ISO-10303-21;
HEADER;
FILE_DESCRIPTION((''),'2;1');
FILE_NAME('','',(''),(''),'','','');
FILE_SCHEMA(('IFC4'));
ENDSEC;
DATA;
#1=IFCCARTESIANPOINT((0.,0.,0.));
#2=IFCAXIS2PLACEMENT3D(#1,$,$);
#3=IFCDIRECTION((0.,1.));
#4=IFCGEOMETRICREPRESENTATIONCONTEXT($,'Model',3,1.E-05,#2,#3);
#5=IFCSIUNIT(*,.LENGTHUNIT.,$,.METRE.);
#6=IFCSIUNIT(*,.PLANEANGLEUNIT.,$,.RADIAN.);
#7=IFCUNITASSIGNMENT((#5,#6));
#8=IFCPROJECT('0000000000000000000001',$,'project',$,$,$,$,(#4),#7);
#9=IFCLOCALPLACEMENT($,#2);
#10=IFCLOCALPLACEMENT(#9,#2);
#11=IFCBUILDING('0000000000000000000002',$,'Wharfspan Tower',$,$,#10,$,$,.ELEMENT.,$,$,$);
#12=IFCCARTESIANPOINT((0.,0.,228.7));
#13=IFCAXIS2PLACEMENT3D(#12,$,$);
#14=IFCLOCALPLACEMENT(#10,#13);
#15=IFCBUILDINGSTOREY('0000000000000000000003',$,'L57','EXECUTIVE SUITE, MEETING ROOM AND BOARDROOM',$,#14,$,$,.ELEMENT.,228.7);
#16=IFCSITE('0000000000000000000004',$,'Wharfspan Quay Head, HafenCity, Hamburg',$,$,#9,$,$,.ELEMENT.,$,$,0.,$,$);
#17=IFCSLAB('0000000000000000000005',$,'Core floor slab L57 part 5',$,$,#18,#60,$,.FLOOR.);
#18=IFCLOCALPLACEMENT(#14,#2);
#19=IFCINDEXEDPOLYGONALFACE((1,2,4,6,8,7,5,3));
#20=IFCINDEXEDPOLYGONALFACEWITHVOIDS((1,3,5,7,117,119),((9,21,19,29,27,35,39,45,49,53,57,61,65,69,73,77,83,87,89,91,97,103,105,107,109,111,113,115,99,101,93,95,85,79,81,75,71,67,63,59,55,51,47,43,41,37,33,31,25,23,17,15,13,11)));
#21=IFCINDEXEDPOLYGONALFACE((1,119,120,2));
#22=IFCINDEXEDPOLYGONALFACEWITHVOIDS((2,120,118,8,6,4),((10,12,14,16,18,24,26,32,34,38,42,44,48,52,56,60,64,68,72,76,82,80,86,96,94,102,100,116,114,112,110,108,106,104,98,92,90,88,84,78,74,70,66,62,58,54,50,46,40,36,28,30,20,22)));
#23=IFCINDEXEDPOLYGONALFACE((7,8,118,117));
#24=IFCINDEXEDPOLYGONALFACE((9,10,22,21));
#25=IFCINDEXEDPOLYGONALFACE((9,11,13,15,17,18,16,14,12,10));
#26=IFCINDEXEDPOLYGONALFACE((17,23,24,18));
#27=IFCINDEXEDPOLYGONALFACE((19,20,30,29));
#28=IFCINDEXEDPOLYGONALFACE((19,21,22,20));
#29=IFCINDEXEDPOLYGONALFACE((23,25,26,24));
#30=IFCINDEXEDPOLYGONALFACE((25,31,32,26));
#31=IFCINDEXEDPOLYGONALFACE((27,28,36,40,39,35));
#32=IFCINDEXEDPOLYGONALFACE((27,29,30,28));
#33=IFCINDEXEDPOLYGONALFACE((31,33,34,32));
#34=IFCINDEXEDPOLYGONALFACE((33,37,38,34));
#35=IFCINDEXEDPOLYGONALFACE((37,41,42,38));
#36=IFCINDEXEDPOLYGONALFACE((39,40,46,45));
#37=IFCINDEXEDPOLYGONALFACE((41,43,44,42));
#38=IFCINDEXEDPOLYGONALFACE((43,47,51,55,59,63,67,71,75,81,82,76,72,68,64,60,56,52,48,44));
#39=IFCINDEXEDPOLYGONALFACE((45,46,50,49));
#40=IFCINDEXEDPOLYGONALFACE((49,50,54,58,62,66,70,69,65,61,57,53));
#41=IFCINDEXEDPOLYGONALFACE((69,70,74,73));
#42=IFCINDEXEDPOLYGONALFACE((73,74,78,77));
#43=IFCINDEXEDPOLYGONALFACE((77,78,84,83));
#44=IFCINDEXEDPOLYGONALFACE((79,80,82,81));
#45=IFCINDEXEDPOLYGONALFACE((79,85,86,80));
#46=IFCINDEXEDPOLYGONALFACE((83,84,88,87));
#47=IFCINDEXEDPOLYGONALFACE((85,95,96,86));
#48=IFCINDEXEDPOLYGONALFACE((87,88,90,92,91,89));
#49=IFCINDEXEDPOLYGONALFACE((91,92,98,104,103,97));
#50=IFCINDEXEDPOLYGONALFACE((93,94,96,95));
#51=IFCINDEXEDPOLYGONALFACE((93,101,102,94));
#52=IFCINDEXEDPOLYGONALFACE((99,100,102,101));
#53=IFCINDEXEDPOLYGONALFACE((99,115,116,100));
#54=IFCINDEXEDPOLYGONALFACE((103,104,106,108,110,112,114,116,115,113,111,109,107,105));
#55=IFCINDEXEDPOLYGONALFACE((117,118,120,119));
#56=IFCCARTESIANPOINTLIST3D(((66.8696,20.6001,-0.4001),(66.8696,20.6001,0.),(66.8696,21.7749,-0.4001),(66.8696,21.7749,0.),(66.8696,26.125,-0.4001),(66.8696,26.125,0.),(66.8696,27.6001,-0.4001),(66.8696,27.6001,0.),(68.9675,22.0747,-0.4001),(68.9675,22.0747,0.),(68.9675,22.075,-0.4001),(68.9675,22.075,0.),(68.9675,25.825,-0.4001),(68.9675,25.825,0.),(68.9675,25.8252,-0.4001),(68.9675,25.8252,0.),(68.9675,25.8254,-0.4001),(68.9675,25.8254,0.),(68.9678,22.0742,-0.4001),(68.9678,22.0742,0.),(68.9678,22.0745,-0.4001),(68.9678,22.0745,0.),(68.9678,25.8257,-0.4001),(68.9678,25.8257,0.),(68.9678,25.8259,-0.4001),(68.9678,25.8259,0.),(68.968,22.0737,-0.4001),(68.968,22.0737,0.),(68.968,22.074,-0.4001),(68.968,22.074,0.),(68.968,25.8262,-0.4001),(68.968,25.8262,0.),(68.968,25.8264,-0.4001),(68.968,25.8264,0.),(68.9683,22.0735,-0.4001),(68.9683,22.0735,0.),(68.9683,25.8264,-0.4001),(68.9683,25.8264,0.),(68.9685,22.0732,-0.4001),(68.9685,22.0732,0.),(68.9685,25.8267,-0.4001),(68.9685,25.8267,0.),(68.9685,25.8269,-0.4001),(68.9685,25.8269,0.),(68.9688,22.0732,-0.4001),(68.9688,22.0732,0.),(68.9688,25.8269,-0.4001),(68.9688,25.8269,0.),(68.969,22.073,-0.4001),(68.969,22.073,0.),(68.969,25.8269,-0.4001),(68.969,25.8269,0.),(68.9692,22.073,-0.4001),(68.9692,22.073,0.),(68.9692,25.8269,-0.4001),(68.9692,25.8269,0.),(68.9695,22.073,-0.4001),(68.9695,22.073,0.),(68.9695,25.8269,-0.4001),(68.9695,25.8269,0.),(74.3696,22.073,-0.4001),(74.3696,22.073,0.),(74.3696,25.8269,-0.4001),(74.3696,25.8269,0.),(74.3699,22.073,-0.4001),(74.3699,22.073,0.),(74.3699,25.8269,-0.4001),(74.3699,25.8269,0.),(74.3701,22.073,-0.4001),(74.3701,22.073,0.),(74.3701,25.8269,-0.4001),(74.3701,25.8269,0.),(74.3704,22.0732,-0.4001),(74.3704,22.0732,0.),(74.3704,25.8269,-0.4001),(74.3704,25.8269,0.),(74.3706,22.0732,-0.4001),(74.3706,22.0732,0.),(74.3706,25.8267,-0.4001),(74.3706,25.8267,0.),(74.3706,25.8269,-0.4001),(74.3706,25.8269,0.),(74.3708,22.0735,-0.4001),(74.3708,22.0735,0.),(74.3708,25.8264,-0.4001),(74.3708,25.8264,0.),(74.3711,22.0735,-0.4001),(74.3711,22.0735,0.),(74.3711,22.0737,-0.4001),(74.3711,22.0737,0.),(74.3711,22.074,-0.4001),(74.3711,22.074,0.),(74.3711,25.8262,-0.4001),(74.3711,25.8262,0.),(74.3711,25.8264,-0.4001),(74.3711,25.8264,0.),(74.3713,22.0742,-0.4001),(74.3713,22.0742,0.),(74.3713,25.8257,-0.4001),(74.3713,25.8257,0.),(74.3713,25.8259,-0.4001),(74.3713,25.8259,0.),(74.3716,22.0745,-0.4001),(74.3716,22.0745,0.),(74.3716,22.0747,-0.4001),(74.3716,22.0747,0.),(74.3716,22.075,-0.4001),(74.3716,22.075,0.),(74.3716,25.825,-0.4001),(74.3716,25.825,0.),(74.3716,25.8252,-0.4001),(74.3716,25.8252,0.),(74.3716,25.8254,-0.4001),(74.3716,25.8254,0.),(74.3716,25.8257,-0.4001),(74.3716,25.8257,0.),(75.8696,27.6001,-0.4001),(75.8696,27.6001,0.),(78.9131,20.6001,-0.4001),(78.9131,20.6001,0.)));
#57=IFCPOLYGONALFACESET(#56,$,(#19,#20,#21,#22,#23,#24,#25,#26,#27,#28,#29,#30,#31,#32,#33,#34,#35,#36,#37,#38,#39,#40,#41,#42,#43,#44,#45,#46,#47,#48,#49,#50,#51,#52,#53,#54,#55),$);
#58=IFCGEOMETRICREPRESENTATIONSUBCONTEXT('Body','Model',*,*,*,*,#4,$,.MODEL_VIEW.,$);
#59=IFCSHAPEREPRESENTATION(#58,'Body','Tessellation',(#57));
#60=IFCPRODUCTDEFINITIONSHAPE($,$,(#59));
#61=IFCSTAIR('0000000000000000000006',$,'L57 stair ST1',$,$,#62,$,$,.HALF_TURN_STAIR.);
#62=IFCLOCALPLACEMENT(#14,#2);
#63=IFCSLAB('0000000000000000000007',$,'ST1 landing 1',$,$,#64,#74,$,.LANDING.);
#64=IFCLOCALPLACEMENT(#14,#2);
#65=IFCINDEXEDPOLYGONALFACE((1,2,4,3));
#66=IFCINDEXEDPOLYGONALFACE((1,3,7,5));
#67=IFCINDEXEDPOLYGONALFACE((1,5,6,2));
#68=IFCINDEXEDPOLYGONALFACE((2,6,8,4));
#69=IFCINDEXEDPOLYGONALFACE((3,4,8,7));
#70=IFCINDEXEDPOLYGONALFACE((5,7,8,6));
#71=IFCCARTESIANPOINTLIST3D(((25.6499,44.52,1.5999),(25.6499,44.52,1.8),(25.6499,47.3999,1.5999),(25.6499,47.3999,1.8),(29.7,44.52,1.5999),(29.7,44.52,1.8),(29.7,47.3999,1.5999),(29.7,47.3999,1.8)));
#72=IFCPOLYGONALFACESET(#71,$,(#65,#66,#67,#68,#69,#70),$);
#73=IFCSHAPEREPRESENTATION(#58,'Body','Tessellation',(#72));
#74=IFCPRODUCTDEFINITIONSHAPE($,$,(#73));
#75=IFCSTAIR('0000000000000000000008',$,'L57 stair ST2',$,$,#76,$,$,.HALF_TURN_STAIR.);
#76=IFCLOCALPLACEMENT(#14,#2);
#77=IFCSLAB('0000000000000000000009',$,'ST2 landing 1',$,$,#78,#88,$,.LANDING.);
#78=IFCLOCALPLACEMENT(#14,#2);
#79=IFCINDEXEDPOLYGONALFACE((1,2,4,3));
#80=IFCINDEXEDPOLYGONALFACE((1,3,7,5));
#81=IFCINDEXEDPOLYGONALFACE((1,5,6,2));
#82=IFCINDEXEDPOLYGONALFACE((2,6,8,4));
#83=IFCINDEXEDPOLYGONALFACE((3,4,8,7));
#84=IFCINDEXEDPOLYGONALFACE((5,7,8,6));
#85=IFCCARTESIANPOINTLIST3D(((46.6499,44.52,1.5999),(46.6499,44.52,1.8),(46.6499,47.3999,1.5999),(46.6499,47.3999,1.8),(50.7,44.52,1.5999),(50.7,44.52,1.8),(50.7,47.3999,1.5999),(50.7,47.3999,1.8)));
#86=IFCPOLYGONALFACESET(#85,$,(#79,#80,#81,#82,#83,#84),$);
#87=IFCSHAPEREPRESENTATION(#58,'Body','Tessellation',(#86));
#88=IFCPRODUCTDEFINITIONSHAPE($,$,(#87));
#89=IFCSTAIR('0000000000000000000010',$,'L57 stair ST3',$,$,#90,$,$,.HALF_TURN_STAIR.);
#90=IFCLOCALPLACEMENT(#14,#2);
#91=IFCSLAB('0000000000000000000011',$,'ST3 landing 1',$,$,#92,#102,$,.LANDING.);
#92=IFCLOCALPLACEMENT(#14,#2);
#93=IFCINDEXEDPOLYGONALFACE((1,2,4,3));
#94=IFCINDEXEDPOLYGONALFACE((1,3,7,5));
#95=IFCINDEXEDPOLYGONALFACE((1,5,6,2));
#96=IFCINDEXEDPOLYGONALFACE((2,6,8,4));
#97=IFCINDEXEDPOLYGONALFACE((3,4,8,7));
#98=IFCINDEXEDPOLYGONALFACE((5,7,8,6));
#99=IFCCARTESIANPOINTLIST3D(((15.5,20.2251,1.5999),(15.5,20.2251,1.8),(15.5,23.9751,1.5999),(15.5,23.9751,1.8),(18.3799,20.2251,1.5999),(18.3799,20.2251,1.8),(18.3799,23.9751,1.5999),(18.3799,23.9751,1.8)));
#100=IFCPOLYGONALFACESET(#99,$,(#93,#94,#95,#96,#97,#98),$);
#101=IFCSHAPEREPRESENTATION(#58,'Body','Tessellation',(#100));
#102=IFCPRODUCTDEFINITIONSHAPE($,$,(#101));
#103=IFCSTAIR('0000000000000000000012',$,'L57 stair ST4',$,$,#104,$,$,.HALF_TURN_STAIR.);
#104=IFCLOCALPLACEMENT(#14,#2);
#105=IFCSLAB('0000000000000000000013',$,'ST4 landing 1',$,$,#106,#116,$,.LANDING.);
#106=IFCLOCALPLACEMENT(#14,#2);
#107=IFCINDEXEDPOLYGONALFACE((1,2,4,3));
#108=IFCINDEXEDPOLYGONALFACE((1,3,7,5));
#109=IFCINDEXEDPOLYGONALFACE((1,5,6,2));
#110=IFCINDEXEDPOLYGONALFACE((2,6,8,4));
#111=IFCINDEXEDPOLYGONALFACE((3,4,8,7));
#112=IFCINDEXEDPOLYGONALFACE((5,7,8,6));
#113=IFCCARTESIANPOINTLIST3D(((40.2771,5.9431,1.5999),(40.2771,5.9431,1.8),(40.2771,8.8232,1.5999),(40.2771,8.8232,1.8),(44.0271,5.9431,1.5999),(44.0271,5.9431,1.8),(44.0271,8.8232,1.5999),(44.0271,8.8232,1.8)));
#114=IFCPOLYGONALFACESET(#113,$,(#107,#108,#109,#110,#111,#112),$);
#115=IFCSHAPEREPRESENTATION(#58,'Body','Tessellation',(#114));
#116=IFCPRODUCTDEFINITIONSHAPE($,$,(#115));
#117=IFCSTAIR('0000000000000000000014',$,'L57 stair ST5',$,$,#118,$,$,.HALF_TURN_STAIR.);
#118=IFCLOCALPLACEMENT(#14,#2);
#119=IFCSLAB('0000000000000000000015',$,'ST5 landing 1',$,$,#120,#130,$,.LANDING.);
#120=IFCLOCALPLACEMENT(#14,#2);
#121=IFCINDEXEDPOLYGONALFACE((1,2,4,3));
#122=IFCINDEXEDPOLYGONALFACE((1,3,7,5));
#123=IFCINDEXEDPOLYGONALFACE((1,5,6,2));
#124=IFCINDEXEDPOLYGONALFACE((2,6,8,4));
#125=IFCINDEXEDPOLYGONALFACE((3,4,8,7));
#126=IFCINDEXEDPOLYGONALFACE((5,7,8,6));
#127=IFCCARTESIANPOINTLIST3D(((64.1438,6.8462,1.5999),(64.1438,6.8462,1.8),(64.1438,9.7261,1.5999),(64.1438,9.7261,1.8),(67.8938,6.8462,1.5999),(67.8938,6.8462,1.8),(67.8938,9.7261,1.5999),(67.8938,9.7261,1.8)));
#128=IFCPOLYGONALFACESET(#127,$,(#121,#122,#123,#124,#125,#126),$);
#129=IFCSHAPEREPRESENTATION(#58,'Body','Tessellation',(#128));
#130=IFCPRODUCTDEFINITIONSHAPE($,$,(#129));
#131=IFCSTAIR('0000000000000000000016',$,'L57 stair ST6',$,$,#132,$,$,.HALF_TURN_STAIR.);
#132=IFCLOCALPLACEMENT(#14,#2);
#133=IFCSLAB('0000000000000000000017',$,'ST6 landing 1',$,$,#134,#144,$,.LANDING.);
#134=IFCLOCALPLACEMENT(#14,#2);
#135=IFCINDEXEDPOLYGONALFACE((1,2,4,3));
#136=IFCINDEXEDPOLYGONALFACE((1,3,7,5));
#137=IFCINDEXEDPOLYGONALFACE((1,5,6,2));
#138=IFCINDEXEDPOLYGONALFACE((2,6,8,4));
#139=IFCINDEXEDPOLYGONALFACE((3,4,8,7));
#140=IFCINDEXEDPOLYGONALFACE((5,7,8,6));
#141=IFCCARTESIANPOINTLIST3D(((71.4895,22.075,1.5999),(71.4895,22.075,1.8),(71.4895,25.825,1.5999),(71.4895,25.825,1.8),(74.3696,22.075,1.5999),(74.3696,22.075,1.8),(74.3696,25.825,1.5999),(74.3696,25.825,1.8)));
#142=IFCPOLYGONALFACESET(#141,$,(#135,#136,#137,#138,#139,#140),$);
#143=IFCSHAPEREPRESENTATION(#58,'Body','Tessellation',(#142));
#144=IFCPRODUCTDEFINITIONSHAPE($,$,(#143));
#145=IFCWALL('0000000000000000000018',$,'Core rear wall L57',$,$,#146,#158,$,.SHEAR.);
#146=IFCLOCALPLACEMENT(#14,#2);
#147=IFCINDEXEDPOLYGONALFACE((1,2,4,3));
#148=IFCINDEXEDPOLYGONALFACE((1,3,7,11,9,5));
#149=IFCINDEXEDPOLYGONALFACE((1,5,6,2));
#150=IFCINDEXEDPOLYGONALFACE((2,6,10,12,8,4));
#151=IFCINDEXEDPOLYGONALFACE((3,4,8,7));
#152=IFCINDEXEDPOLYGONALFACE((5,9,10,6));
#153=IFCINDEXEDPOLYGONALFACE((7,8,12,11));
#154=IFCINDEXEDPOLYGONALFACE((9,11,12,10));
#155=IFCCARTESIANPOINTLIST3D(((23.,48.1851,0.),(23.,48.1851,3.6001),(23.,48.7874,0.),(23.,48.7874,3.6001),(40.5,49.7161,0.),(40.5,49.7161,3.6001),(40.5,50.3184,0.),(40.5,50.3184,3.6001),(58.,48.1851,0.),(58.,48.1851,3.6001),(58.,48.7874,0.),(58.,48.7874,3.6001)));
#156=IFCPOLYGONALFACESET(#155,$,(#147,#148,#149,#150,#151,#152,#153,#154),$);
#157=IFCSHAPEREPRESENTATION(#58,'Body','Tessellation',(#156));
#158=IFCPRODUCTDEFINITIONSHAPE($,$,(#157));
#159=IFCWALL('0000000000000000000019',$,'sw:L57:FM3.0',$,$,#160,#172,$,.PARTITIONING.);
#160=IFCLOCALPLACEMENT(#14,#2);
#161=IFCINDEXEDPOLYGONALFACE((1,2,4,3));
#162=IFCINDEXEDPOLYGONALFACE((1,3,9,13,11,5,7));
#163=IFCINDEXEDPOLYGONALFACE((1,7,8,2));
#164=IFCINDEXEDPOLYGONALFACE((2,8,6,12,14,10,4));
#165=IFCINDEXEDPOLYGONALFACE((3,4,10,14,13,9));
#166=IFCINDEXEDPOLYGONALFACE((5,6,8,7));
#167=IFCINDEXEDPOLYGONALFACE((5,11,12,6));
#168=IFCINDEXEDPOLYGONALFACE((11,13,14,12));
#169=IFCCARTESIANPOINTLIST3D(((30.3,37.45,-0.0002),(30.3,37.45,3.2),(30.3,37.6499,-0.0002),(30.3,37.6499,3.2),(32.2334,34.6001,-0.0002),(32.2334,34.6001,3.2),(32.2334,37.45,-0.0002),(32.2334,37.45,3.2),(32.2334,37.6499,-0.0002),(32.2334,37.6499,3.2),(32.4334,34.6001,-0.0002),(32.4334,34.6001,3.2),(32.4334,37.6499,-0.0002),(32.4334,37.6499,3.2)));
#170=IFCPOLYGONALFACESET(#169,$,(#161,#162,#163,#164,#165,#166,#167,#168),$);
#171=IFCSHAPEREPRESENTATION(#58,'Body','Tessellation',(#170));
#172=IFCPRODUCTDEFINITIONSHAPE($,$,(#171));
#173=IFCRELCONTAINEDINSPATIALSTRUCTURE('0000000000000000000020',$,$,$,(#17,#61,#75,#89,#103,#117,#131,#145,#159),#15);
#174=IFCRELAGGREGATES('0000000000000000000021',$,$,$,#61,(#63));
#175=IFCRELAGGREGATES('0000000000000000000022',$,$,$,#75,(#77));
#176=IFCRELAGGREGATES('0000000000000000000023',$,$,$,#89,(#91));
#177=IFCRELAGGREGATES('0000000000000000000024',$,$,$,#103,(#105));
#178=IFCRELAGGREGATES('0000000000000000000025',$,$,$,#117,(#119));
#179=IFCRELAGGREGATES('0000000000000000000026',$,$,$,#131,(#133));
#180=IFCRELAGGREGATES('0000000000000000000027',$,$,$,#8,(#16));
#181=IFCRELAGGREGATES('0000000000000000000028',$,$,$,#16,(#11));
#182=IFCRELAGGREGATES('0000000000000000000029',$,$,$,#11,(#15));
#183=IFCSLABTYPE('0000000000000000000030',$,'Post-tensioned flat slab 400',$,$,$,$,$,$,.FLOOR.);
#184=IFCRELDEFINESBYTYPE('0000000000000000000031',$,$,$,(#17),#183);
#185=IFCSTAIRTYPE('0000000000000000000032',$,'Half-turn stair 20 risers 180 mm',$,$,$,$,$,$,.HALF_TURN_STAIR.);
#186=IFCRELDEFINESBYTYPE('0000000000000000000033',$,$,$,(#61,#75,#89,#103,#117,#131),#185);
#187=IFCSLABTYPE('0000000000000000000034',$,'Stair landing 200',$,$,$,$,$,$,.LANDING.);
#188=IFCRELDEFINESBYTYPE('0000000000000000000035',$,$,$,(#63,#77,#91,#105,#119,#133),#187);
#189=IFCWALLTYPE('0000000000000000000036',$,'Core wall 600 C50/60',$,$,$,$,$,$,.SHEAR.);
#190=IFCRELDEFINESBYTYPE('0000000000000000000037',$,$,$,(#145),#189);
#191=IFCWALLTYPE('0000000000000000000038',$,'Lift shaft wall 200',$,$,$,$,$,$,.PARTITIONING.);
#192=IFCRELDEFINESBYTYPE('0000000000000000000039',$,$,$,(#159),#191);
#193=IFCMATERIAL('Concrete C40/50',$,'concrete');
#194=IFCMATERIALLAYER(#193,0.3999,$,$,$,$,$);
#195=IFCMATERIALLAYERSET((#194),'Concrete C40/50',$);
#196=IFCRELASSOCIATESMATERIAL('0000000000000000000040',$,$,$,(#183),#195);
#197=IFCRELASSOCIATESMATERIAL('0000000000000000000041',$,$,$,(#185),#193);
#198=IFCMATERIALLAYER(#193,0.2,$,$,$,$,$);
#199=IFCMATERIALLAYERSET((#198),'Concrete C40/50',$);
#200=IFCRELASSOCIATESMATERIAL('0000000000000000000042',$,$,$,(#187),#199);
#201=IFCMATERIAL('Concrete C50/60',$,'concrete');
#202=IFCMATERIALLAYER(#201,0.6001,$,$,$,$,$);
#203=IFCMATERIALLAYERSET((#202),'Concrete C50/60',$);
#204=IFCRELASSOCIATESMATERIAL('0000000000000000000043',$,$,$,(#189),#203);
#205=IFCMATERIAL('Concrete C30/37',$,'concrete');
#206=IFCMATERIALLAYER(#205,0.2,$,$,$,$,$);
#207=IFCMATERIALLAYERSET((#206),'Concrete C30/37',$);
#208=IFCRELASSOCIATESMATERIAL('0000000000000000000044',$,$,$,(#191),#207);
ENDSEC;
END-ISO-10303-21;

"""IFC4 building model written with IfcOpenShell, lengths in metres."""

from ifc_helpers import new_model, si_unit, direction, frame, origin, place, context, subcontext, project, spatial, polyline, outline, extrude, material, layer, layer_set, type_object, element, aggregate, save


model = new_model("IFC4")

# Units and contexts
model_context = context("Model", 3, precision=1e-05, world=origin(), true_north=direction((0.0, 1.0)))
body_context = subcontext(model_context, "Body", "Model", "MODEL_VIEW")
ifc_project = project(units=[si_unit("LENGTHUNIT", "METRE"), si_unit("PLANEANGLEUNIT", "RADIAN")], contexts=[model_context])

# Site, building, storey
site_placement = place(None, origin())
site = spatial("IfcSite", under=ifc_project, at=site_placement, Name="Wharfspan Quay Head, HafenCity, Hamburg", CompositionType="ELEMENT", RefElevation=0.0)
building_placement = place(site_placement, origin())
building = spatial("IfcBuilding", under=site, at=building_placement, Name="Wharfspan Tower", CompositionType="ELEMENT")
storey_placement = place(building_placement, frame((0.0, 0.0, 228.7)))
storey = spatial("IfcBuildingStorey", under=building, at=storey_placement, Name="L57", Description="EXECUTIVE SUITE, MEETING ROOM AND BOARDROOM", CompositionType="ELEMENT", Elevation=228.7)

# Slab
ifc_material_1 = material(Name="Concrete C40/50", Category="concrete")
ifc_layer_1 = layer(ifc_material_1, 0.3999)
ifc_layer_set_1 = layer_set([ifc_layer_1], Name="Concrete C40/50")
slab_type_1 = type_object("IfcSlabType", Name="Post-tensioned flat slab 400", PredefinedType="FLOOR", material=ifc_layer_set_1)
slab_1_placement = place(storey_placement, frame((0.0, 0.0, -0.4001)))
element("IfcSlab", 1, at=slab_1_placement, inside=storey, type_object=slab_type_1, Name="Core floor slab L57 part 5", PredefinedType="FLOOR", context=body_context, shape_type="SweptSolid", body=[
    extrude(outline(polyline([(75.8696, 27.6001), (66.8696, 27.6001), (66.8696, 26.125), (66.8696, 21.7749), (66.8696, 20.6001), (78.9131, 20.6001), (75.8696, 27.6001)]), holes=[polyline([(68.9675, 25.825), (68.9675, 25.8252), (68.9675, 25.8254), (68.9678, 25.8257), (68.9678, 25.8257), (68.9678, 25.8259), (68.968, 25.8262), (68.968, 25.8264), (68.9683, 25.8264), (68.9683, 25.8264), (68.9685, 25.8267), (68.9685, 25.8269), (68.9688, 25.8269), (68.969, 25.8269), (68.9692, 25.8269), (68.9695, 25.8269), (68.9695, 25.8269), (74.3696, 25.8269), (74.3699, 25.8269), (74.3701, 25.8269), (74.3701, 25.8269), (74.3704, 25.8269), (74.3706, 25.8269), (74.3706, 25.8267), (74.3709, 25.8264), (74.3711, 25.8264), (74.3711, 25.8264), (74.3711, 25.8262), (74.3713, 25.8259), (74.3713, 25.8257), (74.3716, 25.8257), (74.3716, 25.8254), (74.3716, 25.8252), (74.3716, 25.825), (74.3716, 22.075), (74.3716, 22.0747), (74.3716, 22.0747), (74.3716, 22.0745), (74.3713, 22.0742), (74.3713, 22.0742), (74.3711, 22.074), (74.3711, 22.0737), (74.3711, 22.0735), (74.3709, 22.0735), (74.3706, 22.0732), (74.3706, 22.0732), (74.3704, 22.0732), (74.3701, 22.073), (74.3701, 22.073), (74.3699, 22.073), (74.3696, 22.073), (68.9695, 22.073), (68.9695, 22.073), (68.9692, 22.073), (68.969, 22.073), (68.9688, 22.0732), (68.9685, 22.0732), (68.9685, 22.0732), (68.9683, 22.0735), (68.9683, 22.0735), (68.968, 22.0737), (68.968, 22.074), (68.9678, 22.0742), (68.9678, 22.0742), (68.9678, 22.0745), (68.9675, 22.0747), (68.9675, 22.0747), (68.9675, 22.075), (68.9675, 25.825)])]), origin(), (0.0, 0.0, 1.0), 0.4001),
])

# Stairs, slabs
stair_type = type_object("IfcStairType", Name="Half-turn stair 20 risers 180 mm", PredefinedType="HALF_TURN_STAIR", material=ifc_material_1)
stair_1_placement = place(storey_placement, origin())
stair_1 = element("IfcStair", 2, at=stair_1_placement, inside=storey, type_object=stair_type, Name="L57 stair ST1", PredefinedType="HALF_TURN_STAIR")
ifc_layer_2 = layer(ifc_material_1, 0.2)
ifc_layer_set_2 = layer_set([ifc_layer_2], Name="Concrete C40/50")
slab_type_2 = type_object("IfcSlabType", Name="Stair landing 200", PredefinedType="LANDING", material=ifc_layer_set_2)
slab_2_placement = place(storey_placement, frame((0.0, 0.0, 1.5999)))
slab_2 = element("IfcSlab", 3, at=slab_2_placement, type_object=slab_type_2, Name="ST1 landing 1", PredefinedType="LANDING", context=body_context, shape_type="SweptSolid", body=[
    extrude(outline(polyline([(25.6499, 44.52), (29.7, 44.52), (29.7, 47.3999), (25.6499, 47.3999), (25.6499, 44.52)])), origin(), (0.0, 0.0, 1.0), 0.2002),
])
aggregate(stair_1, [slab_2])
stair_2_placement = place(storey_placement, origin())
stair_2 = element("IfcStair", 4, at=stair_2_placement, inside=storey, type_object=stair_type, Name="L57 stair ST2", PredefinedType="HALF_TURN_STAIR")
slab_3_placement = place(storey_placement, frame((0.0, 0.0, 1.5999)))
slab_3 = element("IfcSlab", 5, at=slab_3_placement, type_object=slab_type_2, Name="ST2 landing 1", PredefinedType="LANDING", context=body_context, shape_type="SweptSolid", body=[
    extrude(outline(polyline([(46.6499, 44.52), (50.7, 44.52), (50.7, 47.3999), (46.6499, 47.3999), (46.6499, 44.52)])), origin(), (0.0, 0.0, 1.0), 0.2002),
])
aggregate(stair_2, [slab_3])
stair_3_placement = place(storey_placement, origin())
stair_3 = element("IfcStair", 6, at=stair_3_placement, inside=storey, type_object=stair_type, Name="L57 stair ST3", PredefinedType="HALF_TURN_STAIR")
slab_4_placement = place(storey_placement, frame((0.0, 0.0, 1.5999)))
slab_4 = element("IfcSlab", 7, at=slab_4_placement, type_object=slab_type_2, Name="ST3 landing 1", PredefinedType="LANDING", context=body_context, shape_type="SweptSolid", body=[
    extrude(outline(polyline([(18.3799, 23.9751), (15.5, 23.9751), (15.5, 20.2251), (18.3799, 20.2251), (18.3799, 23.9751)])), origin(), (0.0, 0.0, 1.0), 0.2002),
])
aggregate(stair_3, [slab_4])
stair_4_placement = place(storey_placement, origin())
stair_4 = element("IfcStair", 8, at=stair_4_placement, inside=storey, type_object=stair_type, Name="L57 stair ST4", PredefinedType="HALF_TURN_STAIR")
slab_5_placement = place(storey_placement, frame((0.0, 0.0, 1.5999)))
slab_5 = element("IfcSlab", 9, at=slab_5_placement, type_object=slab_type_2, Name="ST4 landing 1", PredefinedType="LANDING", context=body_context, shape_type="SweptSolid", body=[
    extrude(outline(polyline([(40.2771, 8.8232), (40.2771, 5.9431), (44.0271, 5.9431), (44.0271, 8.8232), (40.2771, 8.8232)])), origin(), (0.0, 0.0, 1.0), 0.2002),
])
aggregate(stair_4, [slab_5])
stair_5_placement = place(storey_placement, origin())
stair_5 = element("IfcStair", 10, at=stair_5_placement, inside=storey, type_object=stair_type, Name="L57 stair ST5", PredefinedType="HALF_TURN_STAIR")
slab_6_placement = place(storey_placement, frame((0.0, 0.0, 1.5999)))
slab_6 = element("IfcSlab", 11, at=slab_6_placement, type_object=slab_type_2, Name="ST5 landing 1", PredefinedType="LANDING", context=body_context, shape_type="SweptSolid", body=[
    extrude(outline(polyline([(64.1438, 9.7261), (64.1438, 6.8462), (67.8938, 6.8462), (67.8938, 9.7261), (64.1438, 9.7261)])), origin(), (0.0, 0.0, 1.0), 0.2002),
])
aggregate(stair_5, [slab_6])
stair_6_placement = place(storey_placement, origin())
stair_6 = element("IfcStair", 12, at=stair_6_placement, inside=storey, type_object=stair_type, Name="L57 stair ST6", PredefinedType="HALF_TURN_STAIR")
slab_7_placement = place(storey_placement, frame((0.0, 0.0, 1.5999)))
slab_7 = element("IfcSlab", 13, at=slab_7_placement, type_object=slab_type_2, Name="ST6 landing 1", PredefinedType="LANDING", context=body_context, shape_type="SweptSolid", body=[
    extrude(outline(polyline([(71.4895, 22.075), (74.3696, 22.075), (74.3696, 25.825), (71.4895, 25.825), (71.4895, 22.075)])), origin(), (0.0, 0.0, 1.0), 0.2002),
])
aggregate(stair_6, [slab_7])

# Walls
ifc_material_2 = material(Name="Concrete C50/60", Category="concrete")
ifc_layer_3 = layer(ifc_material_2, 0.6001)
ifc_layer_set_3 = layer_set([ifc_layer_3], Name="Concrete C50/60")
wall_type_1 = type_object("IfcWallType", Name="Core wall 600 C50/60", PredefinedType="SHEAR", material=ifc_layer_set_3)
wall_1_placement = place(storey_placement, origin())
element("IfcWall", 14, at=wall_1_placement, inside=storey, type_object=wall_type_1, Name="Core rear wall L57", PredefinedType="SHEAR", context=body_context, shape_type="SweptSolid", body=[
    extrude(outline(polyline([(23.0, 48.1851), (40.5, 49.7161), (58.0, 48.1851), (58.0, 48.7874), (40.5, 50.3184), (23.0, 48.7874), (23.0, 48.1851)])), origin(), (0.0, 0.0, 1.0), 3.6001),
])
ifc_material_3 = material(Name="Concrete C30/37", Category="concrete")
ifc_layer_4 = layer(ifc_material_3, 0.2)
ifc_layer_set_4 = layer_set([ifc_layer_4], Name="Concrete C30/37")
wall_type_2 = type_object("IfcWallType", Name="Lift shaft wall 200", PredefinedType="PARTITIONING", material=ifc_layer_set_4)
wall_2_placement = place(storey_placement, frame((0.0, 0.0, -0.0002)))
element("IfcWall", 15, at=wall_2_placement, inside=storey, type_object=wall_type_2, Name="sw:L57:FM3.0", PredefinedType="PARTITIONING", context=body_context, shape_type="SweptSolid", body=[
    extrude(outline(polyline([(32.2334, 37.45), (30.3, 37.45), (30.3, 37.6499), (32.2334, 37.6499), (32.4333, 37.6499), (32.4333, 34.6001), (32.2334, 34.6001), (32.2334, 37.45)])), origin(), (0.0, 0.0, 1.0), 3.2002),
])

save(model, "model.ifc")
